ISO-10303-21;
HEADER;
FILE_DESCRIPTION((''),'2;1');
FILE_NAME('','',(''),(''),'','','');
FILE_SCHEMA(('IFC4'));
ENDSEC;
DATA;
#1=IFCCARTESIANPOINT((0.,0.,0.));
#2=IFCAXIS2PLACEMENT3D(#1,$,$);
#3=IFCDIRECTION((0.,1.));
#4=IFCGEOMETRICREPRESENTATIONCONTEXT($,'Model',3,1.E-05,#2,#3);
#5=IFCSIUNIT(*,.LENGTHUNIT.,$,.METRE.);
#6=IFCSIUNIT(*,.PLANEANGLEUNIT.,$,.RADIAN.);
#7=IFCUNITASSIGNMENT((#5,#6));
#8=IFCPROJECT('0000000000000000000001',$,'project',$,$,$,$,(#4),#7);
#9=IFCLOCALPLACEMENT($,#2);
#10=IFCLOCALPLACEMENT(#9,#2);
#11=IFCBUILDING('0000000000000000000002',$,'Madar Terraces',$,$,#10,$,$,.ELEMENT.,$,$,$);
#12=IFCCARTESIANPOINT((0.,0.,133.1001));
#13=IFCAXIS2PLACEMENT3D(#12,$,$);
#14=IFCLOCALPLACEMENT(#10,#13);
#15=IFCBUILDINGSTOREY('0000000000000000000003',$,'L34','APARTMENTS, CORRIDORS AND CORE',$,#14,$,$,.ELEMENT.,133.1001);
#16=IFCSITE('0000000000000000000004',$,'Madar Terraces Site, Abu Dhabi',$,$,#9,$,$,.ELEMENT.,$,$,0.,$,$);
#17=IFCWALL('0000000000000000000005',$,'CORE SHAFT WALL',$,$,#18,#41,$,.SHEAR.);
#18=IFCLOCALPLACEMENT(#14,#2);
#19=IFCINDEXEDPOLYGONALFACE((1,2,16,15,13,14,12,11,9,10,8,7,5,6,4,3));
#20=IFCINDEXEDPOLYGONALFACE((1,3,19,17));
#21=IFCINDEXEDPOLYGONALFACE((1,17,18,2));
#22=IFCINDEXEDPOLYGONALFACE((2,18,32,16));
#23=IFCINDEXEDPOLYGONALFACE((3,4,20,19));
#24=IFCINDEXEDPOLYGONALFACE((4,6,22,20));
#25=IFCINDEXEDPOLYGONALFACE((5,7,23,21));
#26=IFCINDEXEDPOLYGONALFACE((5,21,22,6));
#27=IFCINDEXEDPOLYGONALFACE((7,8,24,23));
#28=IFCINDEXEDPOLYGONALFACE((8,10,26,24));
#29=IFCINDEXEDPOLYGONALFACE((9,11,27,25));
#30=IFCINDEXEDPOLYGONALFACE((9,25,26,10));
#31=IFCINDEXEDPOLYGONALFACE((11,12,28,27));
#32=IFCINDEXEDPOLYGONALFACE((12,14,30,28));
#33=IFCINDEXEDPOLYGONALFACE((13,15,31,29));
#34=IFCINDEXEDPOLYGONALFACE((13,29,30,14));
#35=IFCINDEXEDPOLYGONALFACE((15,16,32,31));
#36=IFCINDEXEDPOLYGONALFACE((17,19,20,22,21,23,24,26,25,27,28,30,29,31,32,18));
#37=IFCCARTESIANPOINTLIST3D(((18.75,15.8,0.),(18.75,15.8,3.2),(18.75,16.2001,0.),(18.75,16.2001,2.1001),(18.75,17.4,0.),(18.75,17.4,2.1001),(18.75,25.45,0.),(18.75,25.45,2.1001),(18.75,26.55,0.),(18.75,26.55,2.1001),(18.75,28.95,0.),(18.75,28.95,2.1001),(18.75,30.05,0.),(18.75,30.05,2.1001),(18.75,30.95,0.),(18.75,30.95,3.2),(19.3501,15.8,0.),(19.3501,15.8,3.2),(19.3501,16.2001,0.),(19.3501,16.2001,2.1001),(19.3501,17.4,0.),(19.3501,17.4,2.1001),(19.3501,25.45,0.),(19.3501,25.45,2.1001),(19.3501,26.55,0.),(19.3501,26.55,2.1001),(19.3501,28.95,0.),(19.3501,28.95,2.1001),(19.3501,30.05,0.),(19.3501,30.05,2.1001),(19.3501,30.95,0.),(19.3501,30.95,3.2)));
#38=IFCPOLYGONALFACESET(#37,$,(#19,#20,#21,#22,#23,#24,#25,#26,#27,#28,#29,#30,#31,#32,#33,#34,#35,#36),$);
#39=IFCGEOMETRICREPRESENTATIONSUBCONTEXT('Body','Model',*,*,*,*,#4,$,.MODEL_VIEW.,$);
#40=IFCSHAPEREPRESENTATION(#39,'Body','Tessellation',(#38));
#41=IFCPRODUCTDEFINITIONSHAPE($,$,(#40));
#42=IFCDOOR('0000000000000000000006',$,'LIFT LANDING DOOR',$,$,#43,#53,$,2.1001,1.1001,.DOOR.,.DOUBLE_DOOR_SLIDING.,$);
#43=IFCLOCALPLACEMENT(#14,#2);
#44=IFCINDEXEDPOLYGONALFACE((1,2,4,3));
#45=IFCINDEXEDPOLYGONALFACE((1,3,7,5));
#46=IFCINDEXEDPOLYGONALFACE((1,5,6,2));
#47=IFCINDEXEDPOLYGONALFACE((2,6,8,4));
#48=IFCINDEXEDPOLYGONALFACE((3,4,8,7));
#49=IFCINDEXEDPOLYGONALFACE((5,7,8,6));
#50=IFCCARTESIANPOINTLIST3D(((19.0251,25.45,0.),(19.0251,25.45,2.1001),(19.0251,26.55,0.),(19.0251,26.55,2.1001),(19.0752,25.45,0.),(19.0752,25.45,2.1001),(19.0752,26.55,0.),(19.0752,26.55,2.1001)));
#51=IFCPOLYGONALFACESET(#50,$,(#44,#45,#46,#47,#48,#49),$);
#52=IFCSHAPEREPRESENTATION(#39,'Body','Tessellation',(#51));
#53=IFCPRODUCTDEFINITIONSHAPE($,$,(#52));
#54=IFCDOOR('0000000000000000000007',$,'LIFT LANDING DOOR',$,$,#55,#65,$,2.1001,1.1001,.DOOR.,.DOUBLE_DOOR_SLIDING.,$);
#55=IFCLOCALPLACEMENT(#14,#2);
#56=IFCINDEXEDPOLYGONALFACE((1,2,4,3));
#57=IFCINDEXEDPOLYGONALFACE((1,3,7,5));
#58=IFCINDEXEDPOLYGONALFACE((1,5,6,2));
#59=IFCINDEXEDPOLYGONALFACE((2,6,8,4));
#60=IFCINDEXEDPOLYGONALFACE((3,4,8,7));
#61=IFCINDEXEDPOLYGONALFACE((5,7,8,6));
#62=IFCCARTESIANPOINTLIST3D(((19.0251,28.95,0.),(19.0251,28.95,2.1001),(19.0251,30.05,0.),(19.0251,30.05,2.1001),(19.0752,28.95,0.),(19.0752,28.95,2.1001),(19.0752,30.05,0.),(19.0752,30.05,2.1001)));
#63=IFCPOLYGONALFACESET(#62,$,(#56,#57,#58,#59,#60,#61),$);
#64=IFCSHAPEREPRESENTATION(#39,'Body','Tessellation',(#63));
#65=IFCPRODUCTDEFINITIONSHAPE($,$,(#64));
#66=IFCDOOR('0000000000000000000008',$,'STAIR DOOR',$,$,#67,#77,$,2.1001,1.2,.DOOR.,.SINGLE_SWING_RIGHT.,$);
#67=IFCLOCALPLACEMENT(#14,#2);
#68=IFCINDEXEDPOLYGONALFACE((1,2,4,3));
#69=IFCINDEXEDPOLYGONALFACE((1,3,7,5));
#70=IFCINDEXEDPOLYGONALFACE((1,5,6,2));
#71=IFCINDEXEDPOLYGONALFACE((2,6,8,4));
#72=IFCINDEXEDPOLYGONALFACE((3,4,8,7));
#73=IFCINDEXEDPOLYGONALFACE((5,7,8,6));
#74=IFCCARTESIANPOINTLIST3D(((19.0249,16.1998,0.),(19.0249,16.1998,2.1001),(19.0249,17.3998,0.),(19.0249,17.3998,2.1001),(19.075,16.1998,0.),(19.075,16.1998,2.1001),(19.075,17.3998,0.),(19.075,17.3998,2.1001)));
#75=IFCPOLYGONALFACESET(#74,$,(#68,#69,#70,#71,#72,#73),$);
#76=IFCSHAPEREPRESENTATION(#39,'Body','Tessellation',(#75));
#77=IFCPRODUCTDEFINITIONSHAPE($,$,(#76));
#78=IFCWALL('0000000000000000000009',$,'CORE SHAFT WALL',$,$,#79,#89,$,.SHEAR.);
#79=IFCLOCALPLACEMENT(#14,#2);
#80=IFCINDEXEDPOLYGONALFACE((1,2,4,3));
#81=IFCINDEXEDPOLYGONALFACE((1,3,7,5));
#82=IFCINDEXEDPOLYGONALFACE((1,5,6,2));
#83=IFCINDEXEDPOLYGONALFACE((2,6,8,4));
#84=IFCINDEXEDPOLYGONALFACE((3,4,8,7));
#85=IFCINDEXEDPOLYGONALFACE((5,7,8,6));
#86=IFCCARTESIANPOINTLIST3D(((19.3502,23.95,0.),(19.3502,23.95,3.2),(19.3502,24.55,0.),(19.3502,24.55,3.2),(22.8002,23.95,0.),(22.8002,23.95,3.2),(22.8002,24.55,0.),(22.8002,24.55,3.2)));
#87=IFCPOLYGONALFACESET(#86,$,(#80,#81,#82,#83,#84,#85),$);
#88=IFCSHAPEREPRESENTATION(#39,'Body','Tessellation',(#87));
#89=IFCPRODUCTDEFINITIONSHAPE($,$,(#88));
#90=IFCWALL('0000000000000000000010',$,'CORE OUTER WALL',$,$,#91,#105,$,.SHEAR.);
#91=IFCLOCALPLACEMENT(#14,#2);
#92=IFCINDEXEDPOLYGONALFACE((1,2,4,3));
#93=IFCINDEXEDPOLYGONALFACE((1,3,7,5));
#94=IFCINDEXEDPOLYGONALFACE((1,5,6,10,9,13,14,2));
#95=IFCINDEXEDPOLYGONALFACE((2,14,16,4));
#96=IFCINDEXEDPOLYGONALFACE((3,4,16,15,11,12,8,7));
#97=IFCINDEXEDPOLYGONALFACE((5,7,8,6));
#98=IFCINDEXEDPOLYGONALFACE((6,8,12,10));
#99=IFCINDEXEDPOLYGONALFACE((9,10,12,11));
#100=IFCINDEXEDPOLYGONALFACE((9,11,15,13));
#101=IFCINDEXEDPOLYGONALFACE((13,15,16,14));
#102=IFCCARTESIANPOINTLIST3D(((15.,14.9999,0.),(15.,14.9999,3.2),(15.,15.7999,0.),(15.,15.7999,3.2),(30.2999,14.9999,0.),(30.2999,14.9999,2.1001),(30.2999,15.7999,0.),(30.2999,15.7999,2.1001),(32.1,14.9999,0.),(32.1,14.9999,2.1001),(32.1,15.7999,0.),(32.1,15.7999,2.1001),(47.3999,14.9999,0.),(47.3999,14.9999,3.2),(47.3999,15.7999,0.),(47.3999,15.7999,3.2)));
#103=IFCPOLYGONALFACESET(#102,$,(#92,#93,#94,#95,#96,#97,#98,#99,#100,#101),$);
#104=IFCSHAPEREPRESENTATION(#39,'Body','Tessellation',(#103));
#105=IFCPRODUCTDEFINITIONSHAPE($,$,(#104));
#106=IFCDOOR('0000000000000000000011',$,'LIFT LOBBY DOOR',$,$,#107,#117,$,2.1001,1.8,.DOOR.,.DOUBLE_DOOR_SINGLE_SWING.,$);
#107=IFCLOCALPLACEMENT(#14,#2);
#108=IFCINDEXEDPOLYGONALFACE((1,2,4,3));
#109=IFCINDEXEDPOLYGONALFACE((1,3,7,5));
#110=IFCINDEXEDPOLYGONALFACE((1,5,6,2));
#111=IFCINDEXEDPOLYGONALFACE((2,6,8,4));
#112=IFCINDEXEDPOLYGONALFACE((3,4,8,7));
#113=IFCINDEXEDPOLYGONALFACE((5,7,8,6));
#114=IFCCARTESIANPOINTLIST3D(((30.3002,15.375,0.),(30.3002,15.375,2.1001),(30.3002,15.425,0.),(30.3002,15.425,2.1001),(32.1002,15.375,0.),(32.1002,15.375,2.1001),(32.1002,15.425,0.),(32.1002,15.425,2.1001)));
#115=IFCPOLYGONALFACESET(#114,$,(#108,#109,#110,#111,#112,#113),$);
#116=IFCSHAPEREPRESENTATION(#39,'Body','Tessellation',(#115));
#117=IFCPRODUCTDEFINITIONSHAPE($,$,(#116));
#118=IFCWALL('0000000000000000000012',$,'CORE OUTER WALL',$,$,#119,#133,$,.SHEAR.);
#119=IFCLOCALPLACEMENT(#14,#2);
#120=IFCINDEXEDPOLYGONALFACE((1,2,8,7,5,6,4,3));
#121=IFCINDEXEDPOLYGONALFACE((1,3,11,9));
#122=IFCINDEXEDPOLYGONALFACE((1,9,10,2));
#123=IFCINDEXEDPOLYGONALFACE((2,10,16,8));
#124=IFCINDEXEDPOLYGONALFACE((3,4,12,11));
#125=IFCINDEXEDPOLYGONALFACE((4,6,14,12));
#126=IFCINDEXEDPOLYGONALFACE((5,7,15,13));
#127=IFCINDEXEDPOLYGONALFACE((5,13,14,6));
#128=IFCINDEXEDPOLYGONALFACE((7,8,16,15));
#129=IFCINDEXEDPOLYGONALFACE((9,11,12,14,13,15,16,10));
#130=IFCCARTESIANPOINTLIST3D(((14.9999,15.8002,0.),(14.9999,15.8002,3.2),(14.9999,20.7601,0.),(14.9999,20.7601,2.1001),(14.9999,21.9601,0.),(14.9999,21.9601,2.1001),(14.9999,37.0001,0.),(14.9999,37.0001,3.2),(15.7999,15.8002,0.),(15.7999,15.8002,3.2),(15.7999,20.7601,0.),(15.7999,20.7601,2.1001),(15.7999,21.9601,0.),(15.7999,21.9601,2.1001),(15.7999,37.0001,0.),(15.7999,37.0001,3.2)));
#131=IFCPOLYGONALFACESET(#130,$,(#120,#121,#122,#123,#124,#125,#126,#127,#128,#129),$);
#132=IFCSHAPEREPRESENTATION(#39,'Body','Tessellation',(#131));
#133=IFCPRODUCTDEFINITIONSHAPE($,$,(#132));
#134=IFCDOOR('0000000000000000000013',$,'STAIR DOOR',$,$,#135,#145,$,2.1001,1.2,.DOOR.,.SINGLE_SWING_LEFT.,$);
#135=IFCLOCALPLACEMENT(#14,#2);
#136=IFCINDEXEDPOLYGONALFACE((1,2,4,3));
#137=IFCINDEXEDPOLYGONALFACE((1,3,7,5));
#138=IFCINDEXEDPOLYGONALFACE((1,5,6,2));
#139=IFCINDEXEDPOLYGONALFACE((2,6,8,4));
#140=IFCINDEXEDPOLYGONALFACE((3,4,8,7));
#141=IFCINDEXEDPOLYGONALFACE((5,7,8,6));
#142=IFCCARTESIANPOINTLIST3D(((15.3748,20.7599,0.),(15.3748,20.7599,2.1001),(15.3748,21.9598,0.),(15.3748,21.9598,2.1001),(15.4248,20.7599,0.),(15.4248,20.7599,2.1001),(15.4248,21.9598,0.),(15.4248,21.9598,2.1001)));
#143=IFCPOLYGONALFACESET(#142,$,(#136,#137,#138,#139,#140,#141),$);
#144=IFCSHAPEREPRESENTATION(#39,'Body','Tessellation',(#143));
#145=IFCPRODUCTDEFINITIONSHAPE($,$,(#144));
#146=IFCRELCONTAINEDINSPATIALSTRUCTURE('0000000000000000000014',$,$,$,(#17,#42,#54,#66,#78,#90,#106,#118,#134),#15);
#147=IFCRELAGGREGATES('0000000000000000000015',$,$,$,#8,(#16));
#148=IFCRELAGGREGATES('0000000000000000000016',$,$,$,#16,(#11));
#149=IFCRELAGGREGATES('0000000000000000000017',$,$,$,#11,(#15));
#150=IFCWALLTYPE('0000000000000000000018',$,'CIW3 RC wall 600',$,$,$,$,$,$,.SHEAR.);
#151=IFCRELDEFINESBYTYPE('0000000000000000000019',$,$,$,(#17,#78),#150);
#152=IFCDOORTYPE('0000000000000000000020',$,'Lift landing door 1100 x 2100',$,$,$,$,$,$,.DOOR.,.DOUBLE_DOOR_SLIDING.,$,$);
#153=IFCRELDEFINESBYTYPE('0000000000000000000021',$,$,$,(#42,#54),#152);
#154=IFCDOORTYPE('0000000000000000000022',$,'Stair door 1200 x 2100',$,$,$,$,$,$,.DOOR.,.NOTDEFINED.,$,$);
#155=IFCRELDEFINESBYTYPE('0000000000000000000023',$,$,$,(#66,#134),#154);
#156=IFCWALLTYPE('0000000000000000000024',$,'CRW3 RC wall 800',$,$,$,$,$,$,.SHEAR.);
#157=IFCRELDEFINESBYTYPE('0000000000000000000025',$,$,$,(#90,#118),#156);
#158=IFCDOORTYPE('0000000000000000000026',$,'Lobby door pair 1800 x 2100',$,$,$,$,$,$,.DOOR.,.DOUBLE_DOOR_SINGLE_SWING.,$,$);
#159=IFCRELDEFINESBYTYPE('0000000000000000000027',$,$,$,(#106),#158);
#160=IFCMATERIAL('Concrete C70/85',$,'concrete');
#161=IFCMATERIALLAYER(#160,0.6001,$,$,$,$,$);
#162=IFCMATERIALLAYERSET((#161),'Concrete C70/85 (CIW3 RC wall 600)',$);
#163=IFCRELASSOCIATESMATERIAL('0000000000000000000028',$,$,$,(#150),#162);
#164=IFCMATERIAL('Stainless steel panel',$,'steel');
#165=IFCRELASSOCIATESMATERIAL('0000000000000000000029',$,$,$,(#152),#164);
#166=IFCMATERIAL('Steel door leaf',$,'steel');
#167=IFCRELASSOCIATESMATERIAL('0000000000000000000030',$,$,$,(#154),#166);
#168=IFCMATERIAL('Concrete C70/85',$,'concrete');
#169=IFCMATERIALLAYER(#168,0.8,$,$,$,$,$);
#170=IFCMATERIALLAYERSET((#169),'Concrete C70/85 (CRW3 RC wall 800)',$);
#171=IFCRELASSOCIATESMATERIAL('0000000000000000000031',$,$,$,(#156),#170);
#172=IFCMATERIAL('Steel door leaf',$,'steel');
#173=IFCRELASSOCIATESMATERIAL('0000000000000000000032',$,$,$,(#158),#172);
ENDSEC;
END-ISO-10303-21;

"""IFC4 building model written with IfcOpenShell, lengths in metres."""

from ifc_helpers import new_model, si_unit, direction, frame, frame_2d, origin, place, context, subcontext, project, spatial, rectangle, extrude, material, layer, layer_set, type_object, element, fill, save


model = new_model("IFC4")

# Units and contexts
model_context = context("Model", 3, precision=1e-05, world=origin(), true_north=direction((0.0, 1.0)))
body_context = subcontext(model_context, "Body", "Model", "MODEL_VIEW")
ifc_project = project(units=[si_unit("LENGTHUNIT", "METRE"), si_unit("PLANEANGLEUNIT", "RADIAN")], contexts=[model_context])

# Site, building, storey
site_placement = place(None, origin())
site = spatial("IfcSite", under=ifc_project, at=site_placement, Name="Madar Terraces Site, Abu Dhabi", CompositionType="ELEMENT", RefElevation=0.0)
building_placement = place(site_placement, origin())
building = spatial("IfcBuilding", under=site, at=building_placement, Name="Madar Terraces", CompositionType="ELEMENT")
storey_placement = place(building_placement, frame((0.0, 0.0, 133.1001)))
storey = spatial("IfcBuildingStorey", under=building, at=storey_placement, Name="L34", Description="APARTMENTS, CORRIDORS AND CORE", CompositionType="ELEMENT", Elevation=133.1001)

# Wall, openings, doors
ifc_material_1 = material(Name="Concrete C70/85", Category="concrete")
ifc_layer_1 = layer(ifc_material_1, 0.6001)
ifc_layer_set_1 = layer_set([ifc_layer_1], Name="Concrete C70/85 (CIW3 RC wall 600)")
wall_type_1 = type_object("IfcWallType", Name="CIW3 RC wall 600", PredefinedType="SHEAR", material=ifc_layer_set_1)
wall_1_placement = place(storey_placement, frame((19.05, 15.8, 0.0), z_axis=(0.0, 0.0, 1.0), x_axis=(0.0, 1.0, 0.0)))
wall_1 = element("IfcWall", 1, at=wall_1_placement, inside=storey, type_object=wall_type_1, Name="CORE SHAFT WALL", PredefinedType="SHEAR", context=body_context, shape_type="SweptSolid", body=[
    extrude(rectangle(XDim=15.1499, YDim=0.6001, at=frame_2d((7.575, 0.0))), origin(), (0.0, 0.0, 1.0), 3.2),
])
opening_1_placement = place(wall_1_placement, frame((9.6499, 0.0, 0.0)))
opening_1 = element("IfcOpeningElement", 2, at=opening_1_placement, cuts=wall_1, PredefinedType="OPENING", context=body_context, shape_type="SweptSolid", body=[
    extrude(rectangle(XDim=1.1001, YDim=2.1001, at=frame_2d((0.55, 1.05))), frame((0.0, 0.3101, 0.0), z_axis=(0.0, -1.0, 0.0), x_axis=(1.0, 0.0, 0.0)), (0.0, 0.0, 1.0), 0.6201),
])
opening_2_placement = place(wall_1_placement, frame((13.1499, 0.0, 0.0)))
opening_2 = element("IfcOpeningElement", 3, at=opening_2_placement, cuts=wall_1, PredefinedType="OPENING", context=body_context, shape_type="SweptSolid", body=[
    extrude(rectangle(XDim=1.1001, YDim=2.1001, at=frame_2d((0.55, 1.05))), frame((0.0, 0.3101, 0.0), z_axis=(0.0, -1.0, 0.0), x_axis=(1.0, 0.0, 0.0)), (0.0, 0.0, 1.0), 0.6201),
])
opening_3_placement = place(wall_1_placement, frame((0.3999, 0.0, 0.0)))
opening_3 = element("IfcOpeningElement", 4, at=opening_3_placement, cuts=wall_1, PredefinedType="OPENING", context=body_context, shape_type="SweptSolid", body=[
    extrude(rectangle(XDim=1.2, YDim=2.1001, at=frame_2d((0.6001, 1.05))), frame((0.0, 0.3101, 0.0), z_axis=(0.0, -1.0, 0.0), x_axis=(1.0, 0.0, 0.0)), (0.0, 0.0, 1.0), 0.6201),
])
ifc_material_2 = material(Name="Stainless steel panel", Category="steel")
door_type_1 = type_object("IfcDoorType", Name="Lift landing door 1100 x 2100", OperationType="DOUBLE_DOOR_SLIDING", PredefinedType="DOOR", material=ifc_material_2)
door_1_placement = place(opening_1_placement, origin())
door_1 = element("IfcDoor", 5, at=door_1_placement, inside=storey, type_object=door_type_1, Name="LIFT LANDING DOOR", OperationType="DOUBLE_DOOR_SLIDING", OverallHeight=2.1001, OverallWidth=1.1001, PredefinedType="DOOR", context=body_context, shape_type="SweptSolid", body=[
    extrude(rectangle(XDim=1.1001, YDim=2.1001, at=frame_2d((0.55, 1.05))), frame((0.0, 0.0249, 0.0), z_axis=(0.0, -1.0, 0.0), x_axis=(1.0, 0.0, 0.0)), (0.0, 0.0, 1.0), 0.05),
])
fill(opening_1, door_1)
door_2_placement = place(opening_2_placement, origin())
door_2 = element("IfcDoor", 6, at=door_2_placement, inside=storey, type_object=door_type_1, Name="LIFT LANDING DOOR", OperationType="DOUBLE_DOOR_SLIDING", OverallHeight=2.1001, OverallWidth=1.1001, PredefinedType="DOOR", context=body_context, shape_type="SweptSolid", body=[
    extrude(rectangle(XDim=1.1001, YDim=2.1001, at=frame_2d((0.55, 1.05))), frame((0.0, 0.0249, 0.0), z_axis=(0.0, -1.0, 0.0), x_axis=(1.0, 0.0, 0.0)), (0.0, 0.0, 1.0), 0.05),
])
fill(opening_2, door_2)
ifc_material_3 = material(Name="Steel door leaf", Category="steel")
door_type_2 = type_object("IfcDoorType", Name="Stair door 1200 x 2100", OperationType="NOTDEFINED", PredefinedType="DOOR", material=ifc_material_3)
door_3_placement = place(opening_3_placement, frame((1.2, 0.0, 0.0), z_axis=(0.0, 0.0, 1.0), x_axis=(-1.0, 0.0, 0.0)))
door_3 = element("IfcDoor", 7, at=door_3_placement, inside=storey, type_object=door_type_2, Name="STAIR DOOR", OperationType="SINGLE_SWING_RIGHT", OverallHeight=2.1001, OverallWidth=1.2, PredefinedType="DOOR", context=body_context, shape_type="SweptSolid", body=[
    extrude(rectangle(XDim=1.2, YDim=2.1001, at=frame_2d((0.6001, 1.05))), frame((0.0, 0.0249, 0.0), z_axis=(0.0, -1.0, 0.0), x_axis=(1.0, 0.0, 0.0)), (0.0, 0.0, 1.0), 0.05),
])
fill(opening_3, door_3)

# Wall
wall_2_placement = place(storey_placement, frame((19.3501, 24.25, 0.0), z_axis=(0.0, 0.0, 1.0), x_axis=(1.0, 0.0, 0.0)))
element("IfcWall", 8, at=wall_2_placement, inside=storey, type_object=wall_type_1, Name="CORE SHAFT WALL", PredefinedType="SHEAR", context=body_context, shape_type="SweptSolid", body=[
    extrude(rectangle(XDim=3.45, YDim=0.6001, at=frame_2d((1.7251, 0.0))), origin(), (0.0, 0.0, 1.0), 3.2),
])

# Walls, openings, doors
ifc_material_4 = material(Name="Concrete C70/85", Category="concrete")
ifc_layer_2 = layer(ifc_material_4, 0.8)
ifc_layer_set_2 = layer_set([ifc_layer_2], Name="Concrete C70/85 (CRW3 RC wall 800)")
wall_type_2 = type_object("IfcWallType", Name="CRW3 RC wall 800", PredefinedType="SHEAR", material=ifc_layer_set_2)
wall_3_placement = place(storey_placement, frame((15.0, 15.3999, 0.0), z_axis=(0.0, 0.0, 1.0), x_axis=(1.0, 0.0, 0.0)))
wall_3 = element("IfcWall", 9, at=wall_3_placement, inside=storey, type_object=wall_type_2, Name="CORE OUTER WALL", PredefinedType="SHEAR", context=body_context, shape_type="SweptSolid", body=[
    extrude(rectangle(XDim=32.3999, YDim=0.8, at=frame_2d((16.2, 0.0))), origin(), (0.0, 0.0, 1.0), 3.2),
])
opening_4_placement = place(wall_3_placement, frame((15.3, 0.0, 0.0)))
opening_4 = element("IfcOpeningElement", 10, at=opening_4_placement, cuts=wall_3, PredefinedType="OPENING", context=body_context, shape_type="SweptSolid", body=[
    extrude(rectangle(XDim=1.8, YDim=2.1001, at=frame_2d((0.8999, 1.05))), frame((0.0, 0.4099, 0.0), z_axis=(0.0, -1.0, 0.0), x_axis=(1.0, 0.0, 0.0)), (0.0, 0.0, 1.0), 0.8201),
])
ifc_material_5 = material(Name="Steel door leaf", Category="steel")
door_type_3 = type_object("IfcDoorType", Name="Lobby door pair 1800 x 2100", OperationType="DOUBLE_DOOR_SINGLE_SWING", PredefinedType="DOOR", material=ifc_material_5)
door_4_placement = place(opening_4_placement, frame((1.8, 0.0, 0.0), z_axis=(0.0, 0.0, 1.0), x_axis=(-1.0, 0.0, 0.0)))
door_4 = element("IfcDoor", 11, at=door_4_placement, inside=storey, type_object=door_type_3, Name="LIFT LOBBY DOOR", OperationType="DOUBLE_DOOR_SINGLE_SWING", OverallHeight=2.1001, OverallWidth=1.8, PredefinedType="DOOR", context=body_context, shape_type="SweptSolid", body=[
    extrude(rectangle(XDim=1.8, YDim=2.1001, at=frame_2d((0.8999, 1.05))), frame((0.0, 0.0249, 0.0), z_axis=(0.0, -1.0, 0.0), x_axis=(1.0, 0.0, 0.0)), (0.0, 0.0, 1.0), 0.05),
])
fill(opening_4, door_4)
wall_4_placement = place(storey_placement, frame((15.3999, 15.8, 0.0), z_axis=(0.0, 0.0, 1.0), x_axis=(0.0, 1.0, 0.0)))
wall_4 = element("IfcWall", 12, at=wall_4_placement, inside=storey, type_object=wall_type_2, Name="CORE OUTER WALL", PredefinedType="SHEAR", context=body_context, shape_type="SweptSolid", body=[
    extrude(rectangle(XDim=21.2, YDim=0.8, at=frame_2d((10.6001, 0.0))), origin(), (0.0, 0.0, 1.0), 3.2),
])
opening_5_placement = place(wall_4_placement, frame((4.96, 0.0, 0.0)))
opening_5 = element("IfcOpeningElement", 13, at=opening_5_placement, cuts=wall_4, PredefinedType="OPENING", context=body_context, shape_type="SweptSolid", body=[
    extrude(rectangle(XDim=1.2, YDim=2.1001, at=frame_2d((0.6001, 1.05))), frame((0.0, 0.4099, 0.0), z_axis=(0.0, -1.0, 0.0), x_axis=(1.0, 0.0, 0.0)), (0.0, 0.0, 1.0), 0.8201),
])
door_5_placement = place(opening_5_placement, frame((1.2, 0.0, 0.0), z_axis=(0.0, 0.0, 1.0), x_axis=(-1.0, 0.0, 0.0)))
door_5 = element("IfcDoor", 14, at=door_5_placement, inside=storey, type_object=door_type_2, Name="STAIR DOOR", OperationType="SINGLE_SWING_LEFT", OverallHeight=2.1001, OverallWidth=1.2, PredefinedType="DOOR", context=body_context, shape_type="SweptSolid", body=[
    extrude(rectangle(XDim=1.2, YDim=2.1001, at=frame_2d((0.6001, 1.05))), frame((0.0, 0.0249, 0.0), z_axis=(0.0, -1.0, 0.0), x_axis=(1.0, 0.0, 0.0)), (0.0, 0.0, 1.0), 0.05),
])
fill(opening_5, door_5)

save(model, "model.ifc")
